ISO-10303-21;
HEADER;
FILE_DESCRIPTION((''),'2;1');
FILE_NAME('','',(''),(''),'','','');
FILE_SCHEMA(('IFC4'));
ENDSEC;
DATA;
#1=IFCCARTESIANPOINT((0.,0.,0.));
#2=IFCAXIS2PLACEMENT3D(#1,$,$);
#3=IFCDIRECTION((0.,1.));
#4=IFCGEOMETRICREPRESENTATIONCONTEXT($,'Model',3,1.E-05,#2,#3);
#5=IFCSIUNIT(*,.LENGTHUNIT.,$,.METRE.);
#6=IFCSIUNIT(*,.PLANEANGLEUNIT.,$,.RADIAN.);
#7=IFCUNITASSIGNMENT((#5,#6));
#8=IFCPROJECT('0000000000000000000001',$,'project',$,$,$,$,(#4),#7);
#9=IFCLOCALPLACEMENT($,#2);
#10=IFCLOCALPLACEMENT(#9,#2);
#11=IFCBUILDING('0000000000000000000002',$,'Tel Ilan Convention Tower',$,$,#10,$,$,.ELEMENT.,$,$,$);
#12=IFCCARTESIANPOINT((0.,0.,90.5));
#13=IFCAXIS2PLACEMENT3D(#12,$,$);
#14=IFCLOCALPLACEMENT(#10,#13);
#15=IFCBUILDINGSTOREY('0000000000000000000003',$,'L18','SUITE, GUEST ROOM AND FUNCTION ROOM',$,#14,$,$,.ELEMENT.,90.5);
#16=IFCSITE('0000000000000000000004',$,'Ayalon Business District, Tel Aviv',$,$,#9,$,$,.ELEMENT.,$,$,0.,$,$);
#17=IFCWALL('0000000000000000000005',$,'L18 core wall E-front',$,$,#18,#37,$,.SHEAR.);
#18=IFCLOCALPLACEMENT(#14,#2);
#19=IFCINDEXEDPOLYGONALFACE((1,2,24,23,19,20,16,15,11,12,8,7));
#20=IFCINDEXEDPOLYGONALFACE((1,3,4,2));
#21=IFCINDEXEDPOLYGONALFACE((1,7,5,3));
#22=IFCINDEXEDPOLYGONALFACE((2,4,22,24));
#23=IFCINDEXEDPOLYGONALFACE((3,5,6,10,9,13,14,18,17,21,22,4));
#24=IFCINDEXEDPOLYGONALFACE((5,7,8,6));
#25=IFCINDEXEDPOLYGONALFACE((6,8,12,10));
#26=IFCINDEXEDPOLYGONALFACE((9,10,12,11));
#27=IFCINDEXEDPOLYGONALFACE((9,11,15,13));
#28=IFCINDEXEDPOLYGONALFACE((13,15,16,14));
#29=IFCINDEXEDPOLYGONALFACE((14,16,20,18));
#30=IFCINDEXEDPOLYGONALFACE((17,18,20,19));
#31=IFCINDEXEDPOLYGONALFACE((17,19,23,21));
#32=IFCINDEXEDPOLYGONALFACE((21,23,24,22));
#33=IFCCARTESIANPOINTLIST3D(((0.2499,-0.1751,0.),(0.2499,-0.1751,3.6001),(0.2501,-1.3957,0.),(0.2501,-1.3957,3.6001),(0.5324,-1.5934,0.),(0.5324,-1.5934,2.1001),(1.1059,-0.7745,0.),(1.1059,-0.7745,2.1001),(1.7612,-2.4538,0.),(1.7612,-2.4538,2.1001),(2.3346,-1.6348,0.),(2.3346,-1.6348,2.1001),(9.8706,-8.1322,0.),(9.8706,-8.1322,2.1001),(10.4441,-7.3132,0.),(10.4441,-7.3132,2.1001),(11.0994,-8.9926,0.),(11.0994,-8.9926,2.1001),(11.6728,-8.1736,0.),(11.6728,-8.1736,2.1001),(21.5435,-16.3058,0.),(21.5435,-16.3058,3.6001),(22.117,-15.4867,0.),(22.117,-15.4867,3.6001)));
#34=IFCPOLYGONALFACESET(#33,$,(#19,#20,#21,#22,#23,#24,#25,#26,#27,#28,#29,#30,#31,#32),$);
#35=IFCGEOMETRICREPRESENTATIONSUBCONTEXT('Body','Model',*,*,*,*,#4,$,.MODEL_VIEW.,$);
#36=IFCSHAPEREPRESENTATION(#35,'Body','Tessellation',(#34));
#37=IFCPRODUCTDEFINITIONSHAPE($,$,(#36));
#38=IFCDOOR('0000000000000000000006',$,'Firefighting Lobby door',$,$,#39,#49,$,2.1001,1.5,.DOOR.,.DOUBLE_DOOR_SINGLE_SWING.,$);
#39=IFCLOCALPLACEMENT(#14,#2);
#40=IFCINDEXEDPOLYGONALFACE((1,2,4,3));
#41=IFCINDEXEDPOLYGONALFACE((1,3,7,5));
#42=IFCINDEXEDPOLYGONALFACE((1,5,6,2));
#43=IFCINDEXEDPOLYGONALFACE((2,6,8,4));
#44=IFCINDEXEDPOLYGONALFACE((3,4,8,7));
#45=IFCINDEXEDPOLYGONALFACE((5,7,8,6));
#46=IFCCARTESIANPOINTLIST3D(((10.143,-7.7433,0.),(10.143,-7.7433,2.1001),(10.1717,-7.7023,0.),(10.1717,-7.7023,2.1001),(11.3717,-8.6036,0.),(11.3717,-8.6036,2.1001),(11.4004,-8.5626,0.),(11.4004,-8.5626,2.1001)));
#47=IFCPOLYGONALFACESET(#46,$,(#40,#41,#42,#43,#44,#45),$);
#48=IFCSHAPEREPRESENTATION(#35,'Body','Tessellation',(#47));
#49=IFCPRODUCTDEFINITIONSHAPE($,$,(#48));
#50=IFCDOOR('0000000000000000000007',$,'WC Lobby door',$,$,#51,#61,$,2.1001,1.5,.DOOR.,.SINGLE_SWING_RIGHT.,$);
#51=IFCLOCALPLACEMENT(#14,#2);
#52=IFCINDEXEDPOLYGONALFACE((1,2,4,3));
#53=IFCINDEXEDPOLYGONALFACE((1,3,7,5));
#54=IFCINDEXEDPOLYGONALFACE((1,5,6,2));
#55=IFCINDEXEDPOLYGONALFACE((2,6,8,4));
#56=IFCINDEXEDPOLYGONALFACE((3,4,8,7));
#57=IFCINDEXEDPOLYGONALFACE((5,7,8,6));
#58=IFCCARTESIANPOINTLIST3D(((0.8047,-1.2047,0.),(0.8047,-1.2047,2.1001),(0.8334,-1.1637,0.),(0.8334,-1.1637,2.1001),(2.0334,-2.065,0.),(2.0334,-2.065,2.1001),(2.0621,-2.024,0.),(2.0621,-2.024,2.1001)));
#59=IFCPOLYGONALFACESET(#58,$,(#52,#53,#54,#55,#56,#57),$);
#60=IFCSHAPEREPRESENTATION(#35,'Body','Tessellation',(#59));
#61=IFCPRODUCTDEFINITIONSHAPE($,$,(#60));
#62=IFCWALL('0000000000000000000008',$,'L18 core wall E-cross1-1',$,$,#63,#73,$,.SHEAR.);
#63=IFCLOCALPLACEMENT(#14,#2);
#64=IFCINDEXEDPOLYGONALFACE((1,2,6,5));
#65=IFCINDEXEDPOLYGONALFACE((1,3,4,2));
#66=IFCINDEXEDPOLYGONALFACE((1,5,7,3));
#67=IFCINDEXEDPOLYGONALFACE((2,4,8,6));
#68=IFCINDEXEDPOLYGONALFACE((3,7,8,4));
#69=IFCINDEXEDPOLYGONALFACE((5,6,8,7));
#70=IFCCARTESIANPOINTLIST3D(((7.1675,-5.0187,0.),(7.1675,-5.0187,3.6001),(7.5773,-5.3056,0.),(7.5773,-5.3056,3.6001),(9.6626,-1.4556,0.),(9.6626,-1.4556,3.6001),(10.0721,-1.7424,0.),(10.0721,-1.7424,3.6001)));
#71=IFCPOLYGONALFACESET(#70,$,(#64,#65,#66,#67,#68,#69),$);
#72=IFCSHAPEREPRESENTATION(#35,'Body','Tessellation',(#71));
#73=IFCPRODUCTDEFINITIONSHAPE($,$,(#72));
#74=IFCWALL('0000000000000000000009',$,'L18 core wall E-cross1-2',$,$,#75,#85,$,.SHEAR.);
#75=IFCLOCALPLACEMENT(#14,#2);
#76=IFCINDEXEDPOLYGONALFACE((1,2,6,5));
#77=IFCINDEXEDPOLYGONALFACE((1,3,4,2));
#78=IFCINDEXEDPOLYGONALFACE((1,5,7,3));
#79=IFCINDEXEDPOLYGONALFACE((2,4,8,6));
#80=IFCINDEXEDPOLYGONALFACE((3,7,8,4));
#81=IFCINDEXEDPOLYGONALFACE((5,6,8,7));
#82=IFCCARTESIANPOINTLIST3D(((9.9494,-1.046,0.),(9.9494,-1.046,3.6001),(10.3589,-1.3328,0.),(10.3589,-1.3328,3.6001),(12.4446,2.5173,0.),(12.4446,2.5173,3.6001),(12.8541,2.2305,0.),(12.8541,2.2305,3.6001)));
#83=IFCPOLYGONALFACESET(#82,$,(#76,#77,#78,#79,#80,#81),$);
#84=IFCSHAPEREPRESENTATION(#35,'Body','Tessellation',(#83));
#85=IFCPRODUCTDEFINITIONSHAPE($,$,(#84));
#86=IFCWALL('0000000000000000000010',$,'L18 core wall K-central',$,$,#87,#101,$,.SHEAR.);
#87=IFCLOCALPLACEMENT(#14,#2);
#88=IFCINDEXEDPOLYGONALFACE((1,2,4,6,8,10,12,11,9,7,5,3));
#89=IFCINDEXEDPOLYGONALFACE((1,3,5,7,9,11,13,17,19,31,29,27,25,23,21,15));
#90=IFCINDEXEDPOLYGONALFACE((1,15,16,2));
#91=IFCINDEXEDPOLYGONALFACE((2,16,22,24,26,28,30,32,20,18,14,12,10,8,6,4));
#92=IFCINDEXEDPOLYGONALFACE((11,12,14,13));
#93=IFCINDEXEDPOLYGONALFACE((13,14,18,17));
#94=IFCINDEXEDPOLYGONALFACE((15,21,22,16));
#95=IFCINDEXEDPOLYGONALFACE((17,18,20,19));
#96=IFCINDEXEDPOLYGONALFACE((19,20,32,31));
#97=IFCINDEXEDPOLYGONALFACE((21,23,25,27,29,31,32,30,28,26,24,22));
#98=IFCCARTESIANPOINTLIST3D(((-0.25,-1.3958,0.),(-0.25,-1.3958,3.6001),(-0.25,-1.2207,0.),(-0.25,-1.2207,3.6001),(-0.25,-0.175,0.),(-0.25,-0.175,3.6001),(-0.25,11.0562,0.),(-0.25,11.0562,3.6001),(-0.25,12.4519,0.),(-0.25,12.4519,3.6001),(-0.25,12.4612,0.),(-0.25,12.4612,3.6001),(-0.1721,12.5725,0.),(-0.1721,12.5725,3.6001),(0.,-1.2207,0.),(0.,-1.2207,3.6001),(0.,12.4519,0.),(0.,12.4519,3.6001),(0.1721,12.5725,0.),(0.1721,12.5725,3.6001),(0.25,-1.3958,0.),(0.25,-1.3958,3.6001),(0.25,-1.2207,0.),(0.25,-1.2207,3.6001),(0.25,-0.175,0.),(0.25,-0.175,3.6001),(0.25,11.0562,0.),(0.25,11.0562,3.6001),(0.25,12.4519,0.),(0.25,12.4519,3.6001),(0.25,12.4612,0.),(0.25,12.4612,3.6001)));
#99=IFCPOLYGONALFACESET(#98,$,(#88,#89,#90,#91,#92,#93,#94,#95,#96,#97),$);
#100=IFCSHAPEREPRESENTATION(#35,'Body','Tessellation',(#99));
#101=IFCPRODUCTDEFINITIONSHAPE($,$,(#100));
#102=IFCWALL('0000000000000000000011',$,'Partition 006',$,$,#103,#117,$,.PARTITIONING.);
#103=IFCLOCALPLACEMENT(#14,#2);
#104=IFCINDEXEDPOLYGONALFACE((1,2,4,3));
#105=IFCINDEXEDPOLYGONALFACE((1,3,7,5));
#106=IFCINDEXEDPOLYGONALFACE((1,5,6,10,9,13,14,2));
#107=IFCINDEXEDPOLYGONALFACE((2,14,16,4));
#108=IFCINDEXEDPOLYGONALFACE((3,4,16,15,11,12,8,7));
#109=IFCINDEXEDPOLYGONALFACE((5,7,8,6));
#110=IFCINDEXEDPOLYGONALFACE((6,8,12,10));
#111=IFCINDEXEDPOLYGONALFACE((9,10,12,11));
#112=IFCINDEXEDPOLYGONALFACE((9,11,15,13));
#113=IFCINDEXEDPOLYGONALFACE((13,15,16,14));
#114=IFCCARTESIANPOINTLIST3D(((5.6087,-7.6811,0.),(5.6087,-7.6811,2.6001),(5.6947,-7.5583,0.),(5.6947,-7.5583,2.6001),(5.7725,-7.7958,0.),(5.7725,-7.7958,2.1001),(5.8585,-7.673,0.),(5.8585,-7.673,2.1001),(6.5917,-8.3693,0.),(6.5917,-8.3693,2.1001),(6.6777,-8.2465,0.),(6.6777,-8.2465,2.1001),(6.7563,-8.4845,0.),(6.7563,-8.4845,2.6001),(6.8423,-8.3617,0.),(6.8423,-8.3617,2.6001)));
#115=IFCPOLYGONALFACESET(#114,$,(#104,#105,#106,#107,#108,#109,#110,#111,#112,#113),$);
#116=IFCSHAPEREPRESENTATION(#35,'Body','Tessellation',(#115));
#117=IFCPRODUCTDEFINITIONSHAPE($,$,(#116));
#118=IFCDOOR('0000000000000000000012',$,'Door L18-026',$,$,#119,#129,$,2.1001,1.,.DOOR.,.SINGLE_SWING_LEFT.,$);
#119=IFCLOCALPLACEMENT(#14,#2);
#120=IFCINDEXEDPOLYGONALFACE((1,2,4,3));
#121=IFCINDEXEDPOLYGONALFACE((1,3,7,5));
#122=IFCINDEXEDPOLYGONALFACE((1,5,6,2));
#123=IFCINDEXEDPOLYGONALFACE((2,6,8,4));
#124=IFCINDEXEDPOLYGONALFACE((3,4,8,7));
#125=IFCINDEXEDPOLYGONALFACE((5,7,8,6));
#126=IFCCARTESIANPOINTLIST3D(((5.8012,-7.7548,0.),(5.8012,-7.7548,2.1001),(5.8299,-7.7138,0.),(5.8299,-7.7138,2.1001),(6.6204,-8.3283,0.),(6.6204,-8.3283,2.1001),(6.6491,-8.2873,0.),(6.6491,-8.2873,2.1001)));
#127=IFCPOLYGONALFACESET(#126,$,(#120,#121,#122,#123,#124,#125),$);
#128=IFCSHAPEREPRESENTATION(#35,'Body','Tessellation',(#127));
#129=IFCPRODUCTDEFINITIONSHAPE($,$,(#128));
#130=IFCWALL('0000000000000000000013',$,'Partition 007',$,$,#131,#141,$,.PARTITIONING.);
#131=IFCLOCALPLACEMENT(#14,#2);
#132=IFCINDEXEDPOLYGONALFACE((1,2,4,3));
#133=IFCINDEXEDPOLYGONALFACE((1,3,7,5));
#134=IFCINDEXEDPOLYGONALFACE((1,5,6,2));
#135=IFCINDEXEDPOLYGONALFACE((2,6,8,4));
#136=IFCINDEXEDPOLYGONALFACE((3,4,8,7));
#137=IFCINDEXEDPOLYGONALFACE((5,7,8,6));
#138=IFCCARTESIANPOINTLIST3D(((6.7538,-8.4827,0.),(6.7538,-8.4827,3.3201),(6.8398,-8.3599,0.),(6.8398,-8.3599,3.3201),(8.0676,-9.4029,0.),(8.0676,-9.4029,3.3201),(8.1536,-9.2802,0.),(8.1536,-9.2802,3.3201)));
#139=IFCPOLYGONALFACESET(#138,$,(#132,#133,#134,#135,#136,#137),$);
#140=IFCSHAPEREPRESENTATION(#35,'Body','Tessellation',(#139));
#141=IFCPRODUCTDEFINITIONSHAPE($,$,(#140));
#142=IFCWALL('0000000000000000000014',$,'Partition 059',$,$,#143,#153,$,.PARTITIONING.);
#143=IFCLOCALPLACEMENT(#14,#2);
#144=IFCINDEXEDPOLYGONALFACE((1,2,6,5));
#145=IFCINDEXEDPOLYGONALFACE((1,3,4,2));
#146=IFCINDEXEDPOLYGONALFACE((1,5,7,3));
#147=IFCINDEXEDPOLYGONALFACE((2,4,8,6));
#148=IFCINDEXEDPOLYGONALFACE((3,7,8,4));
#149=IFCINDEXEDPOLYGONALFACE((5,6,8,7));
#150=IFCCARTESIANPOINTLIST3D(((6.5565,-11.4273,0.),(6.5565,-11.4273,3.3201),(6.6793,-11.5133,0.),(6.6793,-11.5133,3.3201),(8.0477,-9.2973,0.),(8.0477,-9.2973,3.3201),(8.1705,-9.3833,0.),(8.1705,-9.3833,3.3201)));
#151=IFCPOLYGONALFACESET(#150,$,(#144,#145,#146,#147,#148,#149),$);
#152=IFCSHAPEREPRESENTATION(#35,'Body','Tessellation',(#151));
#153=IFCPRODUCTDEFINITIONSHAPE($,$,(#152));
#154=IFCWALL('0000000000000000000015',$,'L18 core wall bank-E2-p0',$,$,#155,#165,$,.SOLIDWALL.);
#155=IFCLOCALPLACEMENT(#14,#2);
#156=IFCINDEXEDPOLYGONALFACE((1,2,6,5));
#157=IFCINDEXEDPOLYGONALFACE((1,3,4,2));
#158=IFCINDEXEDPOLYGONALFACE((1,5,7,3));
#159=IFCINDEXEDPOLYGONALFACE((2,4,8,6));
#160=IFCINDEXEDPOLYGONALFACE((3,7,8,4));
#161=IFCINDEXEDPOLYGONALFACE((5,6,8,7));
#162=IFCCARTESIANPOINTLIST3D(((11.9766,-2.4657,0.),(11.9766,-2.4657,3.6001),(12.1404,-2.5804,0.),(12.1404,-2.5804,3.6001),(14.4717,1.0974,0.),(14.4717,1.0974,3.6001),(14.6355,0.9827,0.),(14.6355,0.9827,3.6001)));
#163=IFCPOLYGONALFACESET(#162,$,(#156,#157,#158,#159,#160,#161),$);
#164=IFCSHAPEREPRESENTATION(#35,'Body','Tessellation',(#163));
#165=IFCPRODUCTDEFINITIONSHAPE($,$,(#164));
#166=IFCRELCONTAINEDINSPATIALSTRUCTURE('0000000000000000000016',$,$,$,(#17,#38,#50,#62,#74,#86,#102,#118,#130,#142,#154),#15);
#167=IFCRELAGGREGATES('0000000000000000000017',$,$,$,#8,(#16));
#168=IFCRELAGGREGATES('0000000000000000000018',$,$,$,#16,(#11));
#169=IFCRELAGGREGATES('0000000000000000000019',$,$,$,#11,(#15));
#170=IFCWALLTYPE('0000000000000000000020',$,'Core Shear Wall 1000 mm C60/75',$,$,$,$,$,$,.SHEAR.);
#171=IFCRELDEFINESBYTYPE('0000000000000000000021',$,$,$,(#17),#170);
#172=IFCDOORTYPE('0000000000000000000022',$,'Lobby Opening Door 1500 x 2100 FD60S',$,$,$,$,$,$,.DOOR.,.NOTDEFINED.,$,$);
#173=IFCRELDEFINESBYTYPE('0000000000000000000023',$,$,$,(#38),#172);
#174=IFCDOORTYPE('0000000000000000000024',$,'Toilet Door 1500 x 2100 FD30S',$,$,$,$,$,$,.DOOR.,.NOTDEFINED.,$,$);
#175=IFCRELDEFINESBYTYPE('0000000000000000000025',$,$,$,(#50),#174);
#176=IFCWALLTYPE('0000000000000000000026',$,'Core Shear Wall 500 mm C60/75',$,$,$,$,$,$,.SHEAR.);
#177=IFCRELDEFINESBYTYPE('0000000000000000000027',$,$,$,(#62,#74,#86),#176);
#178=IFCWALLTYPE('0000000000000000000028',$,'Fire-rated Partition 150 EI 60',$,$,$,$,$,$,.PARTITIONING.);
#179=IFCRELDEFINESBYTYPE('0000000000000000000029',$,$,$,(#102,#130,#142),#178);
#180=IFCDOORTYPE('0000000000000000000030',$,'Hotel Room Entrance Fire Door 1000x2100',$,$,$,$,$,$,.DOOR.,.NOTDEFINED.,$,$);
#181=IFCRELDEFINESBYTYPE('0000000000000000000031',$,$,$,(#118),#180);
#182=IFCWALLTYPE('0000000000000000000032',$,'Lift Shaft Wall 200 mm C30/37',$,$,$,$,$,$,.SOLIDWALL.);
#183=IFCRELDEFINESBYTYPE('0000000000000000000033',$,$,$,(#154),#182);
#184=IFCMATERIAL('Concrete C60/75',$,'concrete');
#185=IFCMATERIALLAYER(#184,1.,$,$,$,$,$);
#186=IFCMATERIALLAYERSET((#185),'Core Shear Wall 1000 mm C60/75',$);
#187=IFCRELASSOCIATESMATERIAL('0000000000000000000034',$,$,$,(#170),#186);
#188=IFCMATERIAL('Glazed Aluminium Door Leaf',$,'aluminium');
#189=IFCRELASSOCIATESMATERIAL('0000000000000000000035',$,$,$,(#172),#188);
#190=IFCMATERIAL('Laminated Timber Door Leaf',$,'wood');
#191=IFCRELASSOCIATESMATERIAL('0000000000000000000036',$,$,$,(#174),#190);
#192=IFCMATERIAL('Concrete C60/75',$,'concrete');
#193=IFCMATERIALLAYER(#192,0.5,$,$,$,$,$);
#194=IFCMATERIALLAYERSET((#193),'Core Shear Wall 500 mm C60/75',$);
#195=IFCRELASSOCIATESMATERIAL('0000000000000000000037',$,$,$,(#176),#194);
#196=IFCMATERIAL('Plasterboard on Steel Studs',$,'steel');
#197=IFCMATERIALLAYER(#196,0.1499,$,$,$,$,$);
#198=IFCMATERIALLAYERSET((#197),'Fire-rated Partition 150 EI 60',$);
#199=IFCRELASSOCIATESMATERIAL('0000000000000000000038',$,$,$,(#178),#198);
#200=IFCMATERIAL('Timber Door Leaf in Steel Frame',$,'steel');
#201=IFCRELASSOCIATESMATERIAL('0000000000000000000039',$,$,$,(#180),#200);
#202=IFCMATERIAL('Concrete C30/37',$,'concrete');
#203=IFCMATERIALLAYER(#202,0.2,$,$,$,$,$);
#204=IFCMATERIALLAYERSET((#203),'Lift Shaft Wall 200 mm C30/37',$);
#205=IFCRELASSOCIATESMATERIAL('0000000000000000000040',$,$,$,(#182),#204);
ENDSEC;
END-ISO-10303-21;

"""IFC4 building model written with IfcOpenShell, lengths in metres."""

from ifc_helpers import new_model, si_unit, direction, frame, frame_2d, origin, place, context, subcontext, project, spatial, polyline, rectangle, outline, extrude, material, layer, layer_set, type_object, element, fill, save


model = new_model("IFC4")

# Units and contexts
model_context = context("Model", 3, precision=1e-05, world=origin(), true_north=direction((0.0, 1.0)))
body_context = subcontext(model_context, "Body", "Model", "MODEL_VIEW")
ifc_project = project(units=[si_unit("LENGTHUNIT", "METRE"), si_unit("PLANEANGLEUNIT", "RADIAN")], contexts=[model_context])

# Site, building, storey
site_placement = place(None, origin())
site = spatial("IfcSite", under=ifc_project, at=site_placement, Name="Ayalon Business District, Tel Aviv", CompositionType="ELEMENT", RefElevation=0.0)
building_placement = place(site_placement, origin())
building = spatial("IfcBuilding", under=site, at=building_placement, Name="Tel Ilan Convention Tower", CompositionType="ELEMENT")
storey_placement = place(building_placement, frame((0.0, 0.0, 90.5)))
storey = spatial("IfcBuildingStorey", under=building, at=storey_placement, Name="L18", Description="SUITE, GUEST ROOM AND FUNCTION ROOM", CompositionType="ELEMENT", Elevation=90.5)

# Wall, openings, doors
ifc_material_1 = material(Name="Concrete C60/75", Category="concrete")
ifc_layer_1 = layer(ifc_material_1, 1.0)
ifc_layer_set_1 = layer_set([ifc_layer_1], Name="Core Shear Wall 1000 mm C60/75")
wall_type_1 = type_object("IfcWallType", Name="Core Shear Wall 1000 mm C60/75", PredefinedType="SHEAR", material=ifc_layer_set_1)
wall_1_placement = place(storey_placement, frame((-0.0369, -0.5847, 0.0), z_axis=(0.0, 0.0, 1.0), x_axis=(0.819157, -0.573569, 0.0)))
wall_1 = element("IfcWall", 1, at=wall_1_placement, inside=storey, type_object=wall_type_1, Name="L18 core wall E-front", PredefinedType="SHEAR", context=body_context, shape_type="SweptSolid", body=[
    extrude(outline(polyline([(26.6948, 0.4998), (0.0, 0.5), (0.7002, -0.4998), (26.6948, -0.5002), (26.6948, 0.4998)])), origin(), (0.0, 0.0, 1.0), 3.6001),
])
opening_1_placement = place(wall_1_placement, frame((1.0449, 0.0, 0.0)))
opening_1 = element("IfcOpeningElement", 2, at=opening_1_placement, cuts=wall_1, PredefinedType="OPENING", context=body_context, shape_type="SweptSolid", body=[
    extrude(rectangle(XDim=1.5, YDim=2.1001, at=frame_2d((0.75, 1.05))), frame((0.0, 0.51, 0.0), z_axis=(0.0, -1.0, 0.0), x_axis=(1.0, 0.0, 0.0)), (0.0, 0.0, 1.0), 1.02),
])
opening_2_placement = place(wall_1_placement, frame((12.4448, 0.0, 0.0)))
opening_2 = element("IfcOpeningElement", 3, at=opening_2_placement, cuts=wall_1, PredefinedType="OPENING", context=body_context, shape_type="SweptSolid", body=[
    extrude(rectangle(XDim=1.5, YDim=2.1001, at=frame_2d((0.75, 1.05))), frame((0.0, 0.51, 0.0), z_axis=(0.0, -1.0, 0.0), x_axis=(1.0, 0.0, 0.0)), (0.0, 0.0, 1.0), 1.02),
])
ifc_material_2 = material(Name="Glazed Aluminium Door Leaf", Category="aluminium")
door_type_1 = type_object("IfcDoorType", Name="Lobby Opening Door 1500 x 2100 FD60S", OperationType="NOTDEFINED", PredefinedType="DOOR", material=ifc_material_2)
door_1_placement = place(opening_2_placement, origin())
door_1 = element("IfcDoor", 4, at=door_1_placement, inside=storey, type_object=door_type_1, Name="Firefighting Lobby door", OperationType="DOUBLE_DOOR_SINGLE_SWING", OverallHeight=2.1001, OverallWidth=1.5, PredefinedType="DOOR", context=body_context, shape_type="SweptSolid", body=[
    extrude(rectangle(XDim=1.5, YDim=2.1001, at=frame_2d((0.75, 1.05))), frame((0.0, 0.0249, 0.0), z_axis=(0.0, -1.0, 0.0), x_axis=(1.0, 0.0, 0.0)), (0.0, 0.0, 1.0), 0.05),
])
fill(opening_2, door_1)
ifc_material_3 = material(Name="Laminated Timber Door Leaf", Category="wood")
door_type_2 = type_object("IfcDoorType", Name="Toilet Door 1500 x 2100 FD30S", OperationType="NOTDEFINED", PredefinedType="DOOR", material=ifc_material_3)
door_2_placement = place(opening_1_placement, origin())
door_2 = element("IfcDoor", 5, at=door_2_placement, inside=storey, type_object=door_type_2, Name="WC Lobby door", OperationType="SINGLE_SWING_RIGHT", OverallHeight=2.1001, OverallWidth=1.5, PredefinedType="DOOR", context=body_context, shape_type="SweptSolid", body=[
    extrude(rectangle(XDim=1.5, YDim=2.1001, at=frame_2d((0.75, 1.05))), frame((0.0, 0.0249, 0.0), z_axis=(0.0, -1.0, 0.0), x_axis=(1.0, 0.0, 0.0)), (0.0, 0.0, 1.0), 0.05),
])
fill(opening_1, door_2)

# Walls
ifc_material_4 = material(Name="Concrete C60/75", Category="concrete")
ifc_layer_2 = layer(ifc_material_4, 0.5)
ifc_layer_set_2 = layer_set([ifc_layer_2], Name="Core Shear Wall 500 mm C60/75")
wall_type_2 = type_object("IfcWallType", Name="Core Shear Wall 500 mm C60/75", PredefinedType="SHEAR", material=ifc_layer_set_2)
wall_2_placement = place(storey_placement, frame((7.3723, -5.1621, 0.0), z_axis=(0.0, 0.0, 1.0), x_axis=(0.573594, 0.81914, 0.0)))
element("IfcWall", 6, at=wall_2_placement, inside=storey, type_object=wall_type_2, Name="L18 core wall E-cross1-1", PredefinedType="SHEAR", context=body_context, shape_type="SweptSolid", body=[
    extrude(outline(polyline([(0.0, 0.25), (0.0, -0.2502), (4.3499, -0.25), (4.3499, 0.25), (0.0, 0.25)])), origin(), (0.0, 0.0, 1.0), 3.6001),
])
wall_3_placement = place(storey_placement, frame((10.1543, -1.1892, 0.0), z_axis=(0.0, 0.0, 1.0), x_axis=(0.573594, 0.81914, 0.0)))
element("IfcWall", 7, at=wall_3_placement, inside=storey, type_object=wall_type_2, Name="L18 core wall E-cross1-2", PredefinedType="SHEAR", context=body_context, shape_type="SweptSolid", body=[
    extrude(outline(polyline([(4.3499, -0.25), (4.3499, 0.25), (-0.0002, 0.25), (-0.0002, -0.25), (4.3499, -0.25)])), origin(), (0.0, 0.0, 1.0), 3.6001),
])
wall_4_placement = place(storey_placement, frame((0.0, -1.3958, 0.0), z_axis=(0.0, 0.0, 1.0), x_axis=(0.0, 1.0, 0.0)))
element("IfcWall", 8, at=wall_4_placement, inside=storey, type_object=wall_type_2, Name="L18 core wall K-central", PredefinedType="SHEAR", context=body_context, shape_type="SweptSolid", body=[
    extrude(outline(polyline([(0.0, -0.25), (0.175, -0.25), (1.2207, -0.25), (12.4519, -0.25), (13.8477, -0.25), (13.8569, -0.25), (13.9683, -0.1721), (13.8477, 0.0), (13.9683, 0.1721), (13.8569, 0.25), (13.8477, 0.25), (12.4519, 0.25), (1.2207, 0.25), (0.175, 0.25), (0.0, 0.25), (0.175, 0.0), (0.0, -0.25)])), origin(), (0.0, 0.0, 1.0), 3.6001),
])

# Wall, opening, door
ifc_material_5 = material(Name="Plasterboard on Steel Studs", Category="steel")
ifc_layer_3 = layer(ifc_material_5, 0.1499)
ifc_layer_set_3 = layer_set([ifc_layer_3], Name="Fire-rated Partition 150 EI 60")
wall_type_3 = type_object("IfcWallType", Name="Fire-rated Partition 150 EI 60", PredefinedType="PARTITIONING", material=ifc_layer_set_3)
wall_5_placement = place(storey_placement, frame((6.7993, -8.4231, 0.0), z_axis=(0.0, 0.0, 1.0), x_axis=(-0.819207, 0.573497, 0.0)))
wall_5 = element("IfcWall", 9, at=wall_5_placement, inside=storey, type_object=wall_type_3, Name="Partition 006", PredefinedType="PARTITIONING", context=body_context, shape_type="SweptSolid", body=[
    extrude(rectangle(XDim=1.4009, YDim=0.1499, at=frame_2d((0.7004, 0.0))), origin(), (0.0, 0.0, 1.0), 2.6001),
])
opening_3_placement = place(wall_5_placement, frame((0.2009, 0.0, 0.0)))
opening_3 = element("IfcOpeningElement", 10, at=opening_3_placement, cuts=wall_5, PredefinedType="OPENING", context=body_context, shape_type="SweptSolid", body=[
    extrude(rectangle(XDim=1.0, YDim=2.1001, at=frame_2d((0.5, 1.05))), frame((0.0, 0.085, 0.0), z_axis=(0.0, -1.0, 0.0), x_axis=(1.0, 0.0, 0.0)), (0.0, 0.0, 1.0), 0.1699),
])
ifc_material_6 = material(Name="Timber Door Leaf in Steel Frame", Category="steel")
door_type_3 = type_object("IfcDoorType", Name="Hotel Room Entrance Fire Door 1000x2100", OperationType="NOTDEFINED", PredefinedType="DOOR", material=ifc_material_6)
door_3_placement = place(opening_3_placement, origin())
door_3 = element("IfcDoor", 11, at=door_3_placement, inside=storey, type_object=door_type_3, Name="Door L18-026", OperationType="SINGLE_SWING_LEFT", OverallHeight=2.1001, OverallWidth=1.0, PredefinedType="DOOR", context=body_context, shape_type="SweptSolid", body=[
    extrude(rectangle(XDim=1.0, YDim=2.1001, at=frame_2d((0.5, 1.05))), frame((0.0, 0.0249, 0.0), z_axis=(0.0, -1.0, 0.0), x_axis=(1.0, 0.0, 0.0)), (0.0, 0.0, 1.0), 0.05),
])
fill(opening_3, door_3)

# Walls
wall_6_placement = place(storey_placement, frame((8.1106, -9.3416, 0.0), z_axis=(0.0, 0.0, 1.0), x_axis=(-0.819067, 0.573697, 0.0)))
element("IfcWall", 12, at=wall_6_placement, inside=storey, type_object=wall_type_3, Name="Partition 007", PredefinedType="PARTITIONING", context=body_context, shape_type="SweptSolid", body=[
    extrude(rectangle(XDim=1.604, YDim=0.1499, at=frame_2d((0.802, 0.0))), origin(), (0.0, 0.0, 1.0), 3.3201),
])
wall_7_placement = place(storey_placement, frame((8.1091, -9.3403, 0.0), z_axis=(0.0, 0.0, 1.0), x_axis=(-0.573538, -0.819179, 0.0)))
element("IfcWall", 13, at=wall_7_placement, inside=storey, type_object=wall_type_3, Name="Partition 059", PredefinedType="PARTITIONING", context=body_context, shape_type="SweptSolid", body=[
    extrude(rectangle(XDim=2.6001, YDim=0.1499, at=frame_2d((1.3, 0.0))), origin(), (0.0, 0.0, 1.0), 3.3201),
])
ifc_material_7 = material(Name="Concrete C30/37", Category="concrete")
ifc_layer_4 = layer(ifc_material_7, 0.2)
ifc_layer_set_4 = layer_set([ifc_layer_4], Name="Lift Shaft Wall 200 mm C30/37")
wall_type_4 = type_object("IfcWallType", Name="Lift Shaft Wall 200 mm C30/37", PredefinedType="SOLIDWALL", material=ifc_layer_set_4)
wall_8_placement = place(storey_placement, frame((12.0586, -2.5229, 0.0), z_axis=(0.0, 0.0, 1.0), x_axis=(0.573594, 0.81914, 0.0)))
element("IfcWall", 14, at=wall_8_placement, inside=storey, type_object=wall_type_4, Name="L18 core wall bank-E2-p0", PredefinedType="SOLIDWALL", context=body_context, shape_type="SweptSolid", body=[
    extrude(rectangle(XDim=4.3499, YDim=0.2, at=frame_2d((2.1748, 0.0))), origin(), (0.0, 0.0, 1.0), 3.6001),
])

save(model, "model.ifc")
